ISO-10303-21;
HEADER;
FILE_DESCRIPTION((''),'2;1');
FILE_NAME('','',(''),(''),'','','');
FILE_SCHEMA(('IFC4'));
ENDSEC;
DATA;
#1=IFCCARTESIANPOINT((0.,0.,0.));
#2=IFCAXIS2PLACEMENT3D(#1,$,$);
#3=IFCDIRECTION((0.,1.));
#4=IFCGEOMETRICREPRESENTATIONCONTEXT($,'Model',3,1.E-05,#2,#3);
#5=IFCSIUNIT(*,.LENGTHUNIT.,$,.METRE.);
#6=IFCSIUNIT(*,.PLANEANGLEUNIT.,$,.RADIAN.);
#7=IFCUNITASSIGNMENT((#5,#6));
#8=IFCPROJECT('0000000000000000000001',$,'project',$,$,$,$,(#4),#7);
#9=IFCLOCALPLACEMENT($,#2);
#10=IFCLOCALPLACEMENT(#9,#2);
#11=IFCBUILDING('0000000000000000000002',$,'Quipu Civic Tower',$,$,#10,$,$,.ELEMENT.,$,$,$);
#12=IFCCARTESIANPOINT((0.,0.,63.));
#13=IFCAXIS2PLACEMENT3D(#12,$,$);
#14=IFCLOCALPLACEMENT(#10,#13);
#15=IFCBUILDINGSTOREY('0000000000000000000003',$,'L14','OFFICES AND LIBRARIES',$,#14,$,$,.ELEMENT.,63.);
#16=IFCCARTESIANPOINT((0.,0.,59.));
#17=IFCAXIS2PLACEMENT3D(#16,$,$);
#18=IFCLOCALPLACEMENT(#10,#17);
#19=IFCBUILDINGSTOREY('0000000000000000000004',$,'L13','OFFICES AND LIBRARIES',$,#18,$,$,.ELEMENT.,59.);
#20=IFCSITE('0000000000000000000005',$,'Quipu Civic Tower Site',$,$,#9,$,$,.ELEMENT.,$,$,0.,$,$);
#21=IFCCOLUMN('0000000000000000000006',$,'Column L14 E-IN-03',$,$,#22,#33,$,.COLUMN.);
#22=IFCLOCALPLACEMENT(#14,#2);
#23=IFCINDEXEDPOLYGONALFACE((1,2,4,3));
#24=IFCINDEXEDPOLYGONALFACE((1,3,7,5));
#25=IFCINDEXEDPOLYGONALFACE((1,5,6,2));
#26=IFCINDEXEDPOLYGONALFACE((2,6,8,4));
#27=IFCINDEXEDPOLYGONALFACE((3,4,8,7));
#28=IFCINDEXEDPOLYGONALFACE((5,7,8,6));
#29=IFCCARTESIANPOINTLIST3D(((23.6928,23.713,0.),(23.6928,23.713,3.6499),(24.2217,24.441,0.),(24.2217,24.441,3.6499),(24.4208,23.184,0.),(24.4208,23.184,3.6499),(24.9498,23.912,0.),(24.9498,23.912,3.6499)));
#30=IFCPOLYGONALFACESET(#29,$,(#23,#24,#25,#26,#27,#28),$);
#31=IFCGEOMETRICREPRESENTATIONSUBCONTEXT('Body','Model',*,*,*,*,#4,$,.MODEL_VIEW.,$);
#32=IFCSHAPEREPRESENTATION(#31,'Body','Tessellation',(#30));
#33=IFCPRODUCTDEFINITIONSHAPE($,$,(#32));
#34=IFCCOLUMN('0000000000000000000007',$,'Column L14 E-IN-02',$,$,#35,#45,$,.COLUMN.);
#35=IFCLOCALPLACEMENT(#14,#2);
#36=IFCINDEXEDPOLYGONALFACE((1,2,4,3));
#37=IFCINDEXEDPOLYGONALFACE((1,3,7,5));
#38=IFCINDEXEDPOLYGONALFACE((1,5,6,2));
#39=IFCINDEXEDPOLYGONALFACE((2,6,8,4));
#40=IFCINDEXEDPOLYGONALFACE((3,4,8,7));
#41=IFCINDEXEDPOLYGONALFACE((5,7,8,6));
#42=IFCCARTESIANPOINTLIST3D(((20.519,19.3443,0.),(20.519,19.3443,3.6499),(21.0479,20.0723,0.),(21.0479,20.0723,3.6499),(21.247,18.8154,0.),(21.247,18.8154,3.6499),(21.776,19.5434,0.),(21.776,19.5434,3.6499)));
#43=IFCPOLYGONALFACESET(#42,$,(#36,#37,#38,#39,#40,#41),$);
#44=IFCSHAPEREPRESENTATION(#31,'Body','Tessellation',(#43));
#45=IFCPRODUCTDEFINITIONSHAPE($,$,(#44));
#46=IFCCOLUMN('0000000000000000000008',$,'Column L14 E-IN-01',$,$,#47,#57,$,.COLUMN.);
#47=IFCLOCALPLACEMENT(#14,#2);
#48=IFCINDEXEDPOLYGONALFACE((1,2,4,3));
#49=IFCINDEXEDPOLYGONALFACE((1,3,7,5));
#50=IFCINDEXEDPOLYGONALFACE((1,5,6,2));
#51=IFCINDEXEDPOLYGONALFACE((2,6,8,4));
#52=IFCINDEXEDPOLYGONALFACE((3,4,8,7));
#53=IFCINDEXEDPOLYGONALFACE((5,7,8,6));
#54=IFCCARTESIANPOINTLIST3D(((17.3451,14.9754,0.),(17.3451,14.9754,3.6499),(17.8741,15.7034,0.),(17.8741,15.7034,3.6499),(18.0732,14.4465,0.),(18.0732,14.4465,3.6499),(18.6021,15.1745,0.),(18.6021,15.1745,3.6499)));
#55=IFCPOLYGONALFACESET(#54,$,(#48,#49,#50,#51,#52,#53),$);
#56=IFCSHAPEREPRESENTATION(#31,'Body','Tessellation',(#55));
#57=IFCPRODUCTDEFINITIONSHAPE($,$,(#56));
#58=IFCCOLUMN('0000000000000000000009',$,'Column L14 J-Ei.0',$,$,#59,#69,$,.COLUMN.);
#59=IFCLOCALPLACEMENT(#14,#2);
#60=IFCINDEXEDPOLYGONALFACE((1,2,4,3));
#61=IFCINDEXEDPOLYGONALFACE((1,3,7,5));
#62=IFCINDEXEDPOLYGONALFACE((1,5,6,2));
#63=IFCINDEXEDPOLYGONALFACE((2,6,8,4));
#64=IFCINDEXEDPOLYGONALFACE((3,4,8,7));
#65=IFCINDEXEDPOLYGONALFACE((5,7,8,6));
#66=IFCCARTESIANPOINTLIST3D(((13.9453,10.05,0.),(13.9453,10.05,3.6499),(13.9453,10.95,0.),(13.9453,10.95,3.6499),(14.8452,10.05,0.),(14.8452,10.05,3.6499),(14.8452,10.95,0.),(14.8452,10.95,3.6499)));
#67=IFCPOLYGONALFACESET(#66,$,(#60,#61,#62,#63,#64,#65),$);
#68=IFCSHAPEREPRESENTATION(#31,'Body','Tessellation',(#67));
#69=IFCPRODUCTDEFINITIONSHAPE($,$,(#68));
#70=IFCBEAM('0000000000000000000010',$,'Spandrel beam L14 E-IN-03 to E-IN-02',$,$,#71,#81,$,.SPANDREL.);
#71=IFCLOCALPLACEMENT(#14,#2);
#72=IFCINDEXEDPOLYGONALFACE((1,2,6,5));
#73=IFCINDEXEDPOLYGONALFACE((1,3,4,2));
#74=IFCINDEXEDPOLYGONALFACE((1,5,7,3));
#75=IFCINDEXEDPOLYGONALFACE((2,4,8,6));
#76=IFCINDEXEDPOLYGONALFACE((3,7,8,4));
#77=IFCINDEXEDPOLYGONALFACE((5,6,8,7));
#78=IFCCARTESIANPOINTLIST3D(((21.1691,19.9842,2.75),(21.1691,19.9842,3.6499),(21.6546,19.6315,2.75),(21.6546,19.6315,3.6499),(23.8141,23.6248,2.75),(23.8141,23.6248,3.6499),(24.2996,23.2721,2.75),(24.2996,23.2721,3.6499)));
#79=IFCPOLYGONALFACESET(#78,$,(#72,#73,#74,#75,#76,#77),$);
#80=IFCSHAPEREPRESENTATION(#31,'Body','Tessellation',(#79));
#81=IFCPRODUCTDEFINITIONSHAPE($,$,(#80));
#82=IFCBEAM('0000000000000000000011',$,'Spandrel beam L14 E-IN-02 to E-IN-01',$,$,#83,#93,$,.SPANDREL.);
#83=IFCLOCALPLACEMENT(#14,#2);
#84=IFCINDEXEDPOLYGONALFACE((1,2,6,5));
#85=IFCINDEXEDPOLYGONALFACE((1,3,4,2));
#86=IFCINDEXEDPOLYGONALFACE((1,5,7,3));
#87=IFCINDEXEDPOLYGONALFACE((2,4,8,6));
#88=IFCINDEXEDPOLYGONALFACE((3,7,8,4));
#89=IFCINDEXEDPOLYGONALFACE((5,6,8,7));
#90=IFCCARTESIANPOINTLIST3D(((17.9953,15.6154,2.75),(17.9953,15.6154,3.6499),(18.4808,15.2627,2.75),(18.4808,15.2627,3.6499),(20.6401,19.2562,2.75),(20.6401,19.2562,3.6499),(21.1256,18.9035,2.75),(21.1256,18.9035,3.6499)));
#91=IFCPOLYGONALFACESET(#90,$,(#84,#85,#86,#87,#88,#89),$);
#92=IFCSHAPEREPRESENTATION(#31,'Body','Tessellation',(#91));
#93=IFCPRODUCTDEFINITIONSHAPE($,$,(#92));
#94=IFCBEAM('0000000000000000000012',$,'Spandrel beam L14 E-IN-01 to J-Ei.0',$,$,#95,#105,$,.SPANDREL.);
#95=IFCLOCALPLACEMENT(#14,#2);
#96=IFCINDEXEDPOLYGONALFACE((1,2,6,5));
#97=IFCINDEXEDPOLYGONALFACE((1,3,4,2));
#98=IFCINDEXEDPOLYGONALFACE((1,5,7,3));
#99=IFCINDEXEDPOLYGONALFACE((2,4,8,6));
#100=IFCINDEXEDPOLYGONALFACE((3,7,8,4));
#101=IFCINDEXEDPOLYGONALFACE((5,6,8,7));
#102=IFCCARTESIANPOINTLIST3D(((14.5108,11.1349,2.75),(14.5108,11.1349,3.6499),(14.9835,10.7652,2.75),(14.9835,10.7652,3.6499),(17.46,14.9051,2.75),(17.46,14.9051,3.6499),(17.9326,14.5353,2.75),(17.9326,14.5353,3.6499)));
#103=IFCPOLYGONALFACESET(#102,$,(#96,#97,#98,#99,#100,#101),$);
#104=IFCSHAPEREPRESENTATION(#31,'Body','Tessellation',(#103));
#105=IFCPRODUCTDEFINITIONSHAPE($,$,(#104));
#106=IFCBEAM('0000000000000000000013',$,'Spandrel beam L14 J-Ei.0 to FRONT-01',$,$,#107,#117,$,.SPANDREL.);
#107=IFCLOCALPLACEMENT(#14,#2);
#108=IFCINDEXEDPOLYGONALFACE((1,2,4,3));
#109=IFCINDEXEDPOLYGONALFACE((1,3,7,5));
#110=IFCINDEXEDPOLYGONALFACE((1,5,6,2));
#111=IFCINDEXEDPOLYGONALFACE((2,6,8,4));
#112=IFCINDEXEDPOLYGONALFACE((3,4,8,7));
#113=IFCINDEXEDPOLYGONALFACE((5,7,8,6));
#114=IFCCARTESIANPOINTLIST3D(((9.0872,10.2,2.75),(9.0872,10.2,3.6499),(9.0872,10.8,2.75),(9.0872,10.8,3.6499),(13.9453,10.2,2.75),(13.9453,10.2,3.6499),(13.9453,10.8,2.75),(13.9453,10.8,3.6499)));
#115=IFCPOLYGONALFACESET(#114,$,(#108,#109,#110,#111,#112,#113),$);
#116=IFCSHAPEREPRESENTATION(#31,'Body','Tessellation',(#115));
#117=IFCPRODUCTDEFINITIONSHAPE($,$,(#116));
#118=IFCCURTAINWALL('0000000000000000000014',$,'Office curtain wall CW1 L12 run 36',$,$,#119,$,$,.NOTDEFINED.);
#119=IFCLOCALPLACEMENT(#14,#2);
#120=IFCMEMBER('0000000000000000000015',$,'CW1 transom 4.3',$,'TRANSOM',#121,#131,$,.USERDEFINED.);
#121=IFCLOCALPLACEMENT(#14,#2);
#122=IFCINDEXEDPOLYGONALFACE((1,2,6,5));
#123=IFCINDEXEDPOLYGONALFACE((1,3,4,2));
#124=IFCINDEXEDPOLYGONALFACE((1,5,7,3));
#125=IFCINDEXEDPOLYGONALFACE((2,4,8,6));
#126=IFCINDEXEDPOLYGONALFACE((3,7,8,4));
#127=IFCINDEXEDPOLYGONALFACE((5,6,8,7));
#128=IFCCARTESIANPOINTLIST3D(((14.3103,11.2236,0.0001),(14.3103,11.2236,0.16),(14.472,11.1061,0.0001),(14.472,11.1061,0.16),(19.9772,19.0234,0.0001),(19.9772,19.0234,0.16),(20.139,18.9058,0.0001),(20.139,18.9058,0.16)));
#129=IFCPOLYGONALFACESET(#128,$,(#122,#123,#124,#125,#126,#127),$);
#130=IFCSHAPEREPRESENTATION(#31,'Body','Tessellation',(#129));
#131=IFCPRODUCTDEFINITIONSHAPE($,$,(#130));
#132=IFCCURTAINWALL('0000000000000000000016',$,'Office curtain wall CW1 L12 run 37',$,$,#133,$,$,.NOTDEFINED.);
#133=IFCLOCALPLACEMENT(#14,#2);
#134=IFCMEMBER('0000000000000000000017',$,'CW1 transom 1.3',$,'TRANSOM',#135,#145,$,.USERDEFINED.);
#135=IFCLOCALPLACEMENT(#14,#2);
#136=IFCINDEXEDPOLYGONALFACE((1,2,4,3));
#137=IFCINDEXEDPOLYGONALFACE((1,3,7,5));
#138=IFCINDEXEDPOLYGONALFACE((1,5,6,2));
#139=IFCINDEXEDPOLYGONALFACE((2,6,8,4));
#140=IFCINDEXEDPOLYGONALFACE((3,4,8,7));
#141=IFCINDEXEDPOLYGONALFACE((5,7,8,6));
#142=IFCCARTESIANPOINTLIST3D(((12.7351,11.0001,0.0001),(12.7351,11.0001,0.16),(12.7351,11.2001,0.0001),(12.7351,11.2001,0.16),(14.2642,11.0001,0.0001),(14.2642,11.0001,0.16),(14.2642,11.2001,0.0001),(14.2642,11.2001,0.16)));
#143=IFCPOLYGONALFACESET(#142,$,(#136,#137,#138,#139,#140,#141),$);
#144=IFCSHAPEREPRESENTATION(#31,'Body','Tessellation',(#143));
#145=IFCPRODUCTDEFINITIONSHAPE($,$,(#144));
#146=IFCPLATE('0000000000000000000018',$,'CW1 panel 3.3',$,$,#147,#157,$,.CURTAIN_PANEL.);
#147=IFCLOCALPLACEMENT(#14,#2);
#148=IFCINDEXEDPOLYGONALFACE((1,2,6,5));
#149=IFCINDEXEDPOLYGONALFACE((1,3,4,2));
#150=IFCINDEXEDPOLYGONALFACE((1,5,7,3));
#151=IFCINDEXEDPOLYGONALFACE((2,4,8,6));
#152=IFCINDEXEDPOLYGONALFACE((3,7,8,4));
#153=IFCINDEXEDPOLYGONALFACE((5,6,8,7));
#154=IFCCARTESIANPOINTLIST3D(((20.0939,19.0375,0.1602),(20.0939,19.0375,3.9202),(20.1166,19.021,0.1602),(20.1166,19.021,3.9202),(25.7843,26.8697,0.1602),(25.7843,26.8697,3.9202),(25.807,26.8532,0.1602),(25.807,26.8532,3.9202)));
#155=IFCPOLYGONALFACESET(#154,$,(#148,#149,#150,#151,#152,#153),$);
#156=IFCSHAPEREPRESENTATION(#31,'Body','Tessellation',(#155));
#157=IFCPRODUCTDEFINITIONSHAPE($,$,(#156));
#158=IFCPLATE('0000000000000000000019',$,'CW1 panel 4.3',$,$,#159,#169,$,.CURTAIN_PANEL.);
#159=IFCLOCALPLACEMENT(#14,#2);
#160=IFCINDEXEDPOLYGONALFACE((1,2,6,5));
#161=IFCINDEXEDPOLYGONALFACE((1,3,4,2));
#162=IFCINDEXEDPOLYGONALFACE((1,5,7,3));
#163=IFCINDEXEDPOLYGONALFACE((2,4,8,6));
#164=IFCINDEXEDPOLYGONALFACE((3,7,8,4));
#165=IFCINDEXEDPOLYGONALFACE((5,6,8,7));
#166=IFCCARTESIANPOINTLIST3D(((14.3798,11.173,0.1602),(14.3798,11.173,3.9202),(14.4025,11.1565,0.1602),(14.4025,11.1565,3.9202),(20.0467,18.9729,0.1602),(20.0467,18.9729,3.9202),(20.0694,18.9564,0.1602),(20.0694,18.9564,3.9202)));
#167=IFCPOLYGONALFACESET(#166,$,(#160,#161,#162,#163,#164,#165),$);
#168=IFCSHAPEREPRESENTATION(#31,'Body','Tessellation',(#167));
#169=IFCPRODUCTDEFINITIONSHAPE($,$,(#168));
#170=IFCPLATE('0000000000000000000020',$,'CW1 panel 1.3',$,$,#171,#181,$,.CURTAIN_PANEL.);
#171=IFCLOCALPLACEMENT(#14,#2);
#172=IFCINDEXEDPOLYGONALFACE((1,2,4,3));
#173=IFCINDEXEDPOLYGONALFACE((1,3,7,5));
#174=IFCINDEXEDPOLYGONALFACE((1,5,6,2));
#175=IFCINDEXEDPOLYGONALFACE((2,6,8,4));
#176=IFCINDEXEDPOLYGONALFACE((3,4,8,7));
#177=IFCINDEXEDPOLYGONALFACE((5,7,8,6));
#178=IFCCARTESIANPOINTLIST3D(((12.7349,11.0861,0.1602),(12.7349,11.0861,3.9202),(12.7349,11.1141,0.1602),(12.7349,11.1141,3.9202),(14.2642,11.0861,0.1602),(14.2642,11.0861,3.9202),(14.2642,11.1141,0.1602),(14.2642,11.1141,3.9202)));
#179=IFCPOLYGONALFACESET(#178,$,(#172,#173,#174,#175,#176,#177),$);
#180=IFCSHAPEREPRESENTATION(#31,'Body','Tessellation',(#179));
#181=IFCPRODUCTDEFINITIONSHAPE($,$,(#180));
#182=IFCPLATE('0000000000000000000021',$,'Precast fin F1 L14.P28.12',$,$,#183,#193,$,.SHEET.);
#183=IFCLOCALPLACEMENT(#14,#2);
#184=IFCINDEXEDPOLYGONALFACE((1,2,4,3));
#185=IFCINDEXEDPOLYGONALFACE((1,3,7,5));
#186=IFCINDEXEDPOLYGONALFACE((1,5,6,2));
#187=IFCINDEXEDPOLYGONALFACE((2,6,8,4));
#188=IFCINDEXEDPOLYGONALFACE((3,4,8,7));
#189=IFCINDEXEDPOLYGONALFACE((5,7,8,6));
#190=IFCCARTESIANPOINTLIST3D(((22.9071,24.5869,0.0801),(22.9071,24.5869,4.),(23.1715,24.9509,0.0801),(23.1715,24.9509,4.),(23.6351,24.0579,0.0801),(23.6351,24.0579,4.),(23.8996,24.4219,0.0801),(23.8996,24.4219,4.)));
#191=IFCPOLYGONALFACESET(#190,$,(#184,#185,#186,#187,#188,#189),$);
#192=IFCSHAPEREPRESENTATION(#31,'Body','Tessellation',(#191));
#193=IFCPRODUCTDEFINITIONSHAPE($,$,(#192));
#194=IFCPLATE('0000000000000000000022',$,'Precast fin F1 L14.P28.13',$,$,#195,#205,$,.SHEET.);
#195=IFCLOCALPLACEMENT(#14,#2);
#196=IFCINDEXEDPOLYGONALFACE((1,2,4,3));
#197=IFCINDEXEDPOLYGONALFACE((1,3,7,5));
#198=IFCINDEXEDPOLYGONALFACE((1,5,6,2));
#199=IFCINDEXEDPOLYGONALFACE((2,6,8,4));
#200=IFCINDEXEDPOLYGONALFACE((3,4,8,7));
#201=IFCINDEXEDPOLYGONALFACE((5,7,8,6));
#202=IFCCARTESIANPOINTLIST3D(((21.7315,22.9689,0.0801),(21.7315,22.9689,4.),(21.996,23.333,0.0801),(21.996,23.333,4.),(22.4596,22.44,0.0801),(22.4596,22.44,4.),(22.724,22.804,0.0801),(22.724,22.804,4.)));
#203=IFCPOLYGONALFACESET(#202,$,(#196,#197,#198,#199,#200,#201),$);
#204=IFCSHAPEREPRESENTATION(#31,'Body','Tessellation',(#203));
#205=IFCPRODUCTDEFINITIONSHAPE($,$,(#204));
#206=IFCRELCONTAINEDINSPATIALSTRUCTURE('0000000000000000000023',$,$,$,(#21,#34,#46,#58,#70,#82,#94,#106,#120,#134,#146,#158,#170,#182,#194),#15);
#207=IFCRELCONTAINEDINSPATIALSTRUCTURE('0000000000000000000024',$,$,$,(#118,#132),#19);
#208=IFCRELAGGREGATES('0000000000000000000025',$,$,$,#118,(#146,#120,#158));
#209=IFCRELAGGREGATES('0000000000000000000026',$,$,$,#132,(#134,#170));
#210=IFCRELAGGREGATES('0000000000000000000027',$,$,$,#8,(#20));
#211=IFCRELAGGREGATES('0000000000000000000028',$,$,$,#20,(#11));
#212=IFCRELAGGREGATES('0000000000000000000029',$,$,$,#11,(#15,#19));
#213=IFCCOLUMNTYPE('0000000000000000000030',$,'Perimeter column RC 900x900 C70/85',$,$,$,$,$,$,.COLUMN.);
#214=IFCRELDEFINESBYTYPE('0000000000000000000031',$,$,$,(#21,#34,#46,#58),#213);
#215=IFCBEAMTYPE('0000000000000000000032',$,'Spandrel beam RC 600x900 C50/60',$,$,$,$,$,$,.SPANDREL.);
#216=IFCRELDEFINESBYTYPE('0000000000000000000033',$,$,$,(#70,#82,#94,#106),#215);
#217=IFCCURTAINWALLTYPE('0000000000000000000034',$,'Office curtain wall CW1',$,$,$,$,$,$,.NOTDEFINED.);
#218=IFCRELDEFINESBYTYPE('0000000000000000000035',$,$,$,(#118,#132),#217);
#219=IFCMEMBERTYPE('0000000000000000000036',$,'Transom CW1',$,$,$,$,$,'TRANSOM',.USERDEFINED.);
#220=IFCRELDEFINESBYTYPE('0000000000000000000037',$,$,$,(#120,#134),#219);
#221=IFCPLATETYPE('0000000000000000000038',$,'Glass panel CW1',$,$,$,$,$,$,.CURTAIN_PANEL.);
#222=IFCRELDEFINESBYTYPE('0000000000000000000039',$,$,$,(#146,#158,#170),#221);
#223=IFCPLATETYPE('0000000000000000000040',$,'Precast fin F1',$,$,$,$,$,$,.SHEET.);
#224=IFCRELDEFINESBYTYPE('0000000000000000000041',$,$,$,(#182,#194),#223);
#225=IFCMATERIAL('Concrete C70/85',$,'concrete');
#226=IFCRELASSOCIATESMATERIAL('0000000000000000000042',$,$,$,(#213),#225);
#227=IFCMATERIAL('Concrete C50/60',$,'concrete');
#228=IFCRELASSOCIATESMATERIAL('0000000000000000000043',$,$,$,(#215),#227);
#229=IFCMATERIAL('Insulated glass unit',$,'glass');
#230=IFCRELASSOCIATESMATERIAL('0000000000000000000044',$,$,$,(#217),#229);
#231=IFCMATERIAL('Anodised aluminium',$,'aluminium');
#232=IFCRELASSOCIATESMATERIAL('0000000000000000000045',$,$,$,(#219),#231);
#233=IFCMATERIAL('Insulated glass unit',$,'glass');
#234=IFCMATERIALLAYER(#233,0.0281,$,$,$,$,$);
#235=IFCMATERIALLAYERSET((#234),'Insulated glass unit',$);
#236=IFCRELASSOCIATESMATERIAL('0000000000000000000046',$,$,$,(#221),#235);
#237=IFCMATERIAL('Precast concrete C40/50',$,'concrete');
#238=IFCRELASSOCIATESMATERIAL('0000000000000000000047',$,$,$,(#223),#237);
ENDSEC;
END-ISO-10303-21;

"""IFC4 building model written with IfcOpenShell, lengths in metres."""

from ifc_helpers import new_model, si_unit, direction, frame, origin, origin_2d, place, context, subcontext, project, spatial, rectangle, extrude, material, layer, layer_set, material_profile, profile_set, type_object, element, aggregate, save


model = new_model("IFC4")

# Units and contexts
model_context = context("Model", 3, precision=1e-05, world=origin(), true_north=direction((0.0, 1.0)))
body_context = subcontext(model_context, "Body", "Model", "MODEL_VIEW")
ifc_project = project(units=[si_unit("LENGTHUNIT", "METRE"), si_unit("PLANEANGLEUNIT", "RADIAN")], contexts=[model_context])

# Site, building, storey
site_placement = place(None, origin())
site = spatial("IfcSite", under=ifc_project, at=site_placement, Name="Quipu Civic Tower Site", CompositionType="ELEMENT", RefElevation=0.0)
building_placement = place(site_placement, origin())
building = spatial("IfcBuilding", under=site, at=building_placement, Name="Quipu Civic Tower", CompositionType="ELEMENT")
storey_1_placement = place(building_placement, frame((0.0, 0.0, 63.0)))
storey_1 = spatial("IfcBuildingStorey", under=building, at=storey_1_placement, Name="L14", Description="OFFICES AND LIBRARIES", CompositionType="ELEMENT", Elevation=63.0)

# Columns
ifc_material_1 = material(Name="Concrete C70/85", Category="concrete")
ifc_material_profile_1 = material_profile(ifc_material_1, rectangle(XDim=0.8999, YDim=0.8999, at=origin_2d()), Name="RC900x900")
ifc_profile_set_1 = profile_set([ifc_material_profile_1], Name="Concrete C70/85")
column_type = type_object("IfcColumnType", Name="Perimeter column RC 900x900 C70/85", PredefinedType="COLUMN", material=ifc_profile_set_1)
for number, where, z_axis, x_axis, name in (
    (1, (24.3213, 23.8125, 0.0), (0.0, 0.0, 1.0), (-0.587785, -0.809017, 0.0), "Column L14 E-IN-03"),
    (2, (21.1475, 19.4438, 0.0), (0.0, 0.0, 1.0), (-0.587785, -0.809017, 0.0), "Column L14 E-IN-02"),
    (3, (17.9736, 15.075, 0.0), (0.0, 0.0, 1.0), (-0.587785, -0.809017, 0.0), "Column L14 E-IN-01"),
    (4, (14.3953, 10.5, 0.0), (0.0, 0.0, 1.0), (-1.0, 0.0, 0.0), "Column L14 J-Ei.0"),
):
    element("IfcColumn", number, at=place(storey_1_placement, frame(where, z_axis=z_axis, x_axis=x_axis)), inside=storey_1, type_object=column_type, Name=name, PredefinedType="COLUMN", context=body_context, shape_type="SweptSolid", body=[
        extrude(rectangle(XDim=0.8999, YDim=0.8999, at=origin_2d()), origin(), (0.0, 0.0, 1.0), 3.6499),
    ])

# Beams
ifc_material_2 = material(Name="Concrete C50/60", Category="concrete")
ifc_material_profile_2 = material_profile(ifc_material_2, rectangle(XDim=0.6001, YDim=0.8999, at=origin_2d()), Name="RC600x900")
ifc_profile_set_2 = profile_set([ifc_material_profile_2], Name="Concrete C50/60")
beam_type = type_object("IfcBeamType", Name="Spandrel beam RC 600x900 C50/60", PredefinedType="SPANDREL", material=ifc_profile_set_2)
for number, where, z_axis, x_axis, name in (
    (5, (24.0569, 23.4485, 3.2), (-0.587778, -0.809022, 0.0), (0.809022, -0.587778, 0.0), "Spandrel beam L14 E-IN-03 to E-IN-02"),
    (6, (20.8828, 19.0798, 3.2), (-0.587717, -0.809067, 0.0), (0.809067, -0.587717, 0.0), "Spandrel beam L14 E-IN-02 to E-IN-01"),
):
    element("IfcBeam", number, at=place(storey_1_placement, frame(where, z_axis=z_axis, x_axis=x_axis)), inside=storey_1, type_object=beam_type, Name=name, PredefinedType="SPANDREL", context=body_context, shape_type="SweptSolid", body=[
        extrude(rectangle(XDim=0.6001, YDim=0.8999, at=origin_2d()), origin(), (0.0, 0.0, 1.0), 4.5),
    ])
beam_1_placement = place(storey_1_placement, frame((17.6963, 14.7202, 3.2), z_axis=(-0.616124, -0.787649, 0.0), x_axis=(0.787649, -0.616124, 0.0)))
element("IfcBeam", 7, at=beam_1_placement, inside=storey_1, type_object=beam_type, Name="Spandrel beam L14 E-IN-01 to J-Ei.0", PredefinedType="SPANDREL", context=body_context, shape_type="SweptSolid", body=[
    extrude(rectangle(XDim=0.6001, YDim=0.8999, at=origin_2d()), origin(), (0.0, 0.0, 1.0), 4.7866),
])
beam_2_placement = place(storey_1_placement, frame((13.9453, 10.5, 3.2), z_axis=(-1.0, 0.0, 0.0), x_axis=(0.0, -1.0, 0.0)))
element("IfcBeam", 8, at=beam_2_placement, inside=storey_1, type_object=beam_type, Name="Spandrel beam L14 J-Ei.0 to FRONT-01", PredefinedType="SPANDREL", context=body_context, shape_type="SweptSolid", body=[
    extrude(rectangle(XDim=0.6001, YDim=0.8999, at=origin_2d()), origin(), (0.0, 0.0, 1.0), 4.8582),
])

# Shared definitions
storey_2_placement = place(building_placement, frame((0.0, 0.0, 59.0)))
storey_2 = spatial("IfcBuildingStorey", under=building, at=storey_2_placement, Name="L13", Description="OFFICES AND LIBRARIES", CompositionType="ELEMENT", Elevation=59.0)

# Curtain walls, members
ifc_material_3 = material(Name="Insulated glass unit", Category="glass")
curtain_wall_type = type_object("IfcCurtainWallType", Name="Office curtain wall CW1", PredefinedType="NOTDEFINED", material=ifc_material_3)
curtain_wall_1_placement = place(storey_2_placement, origin())
curtain_wall_1 = element("IfcCurtainWall", 9, at=curtain_wall_1_placement, inside=storey_2, type_object=curtain_wall_type, Name="Office curtain wall CW1 L12 run 36", PredefinedType="NOTDEFINED")
ifc_material_4 = material(Name="Anodised aluminium", Category="aluminium")
ifc_material_profile_3 = material_profile(ifc_material_4, rectangle(XDim=0.2, YDim=0.1599, at=origin_2d()), Name="RECT 200x160")
ifc_profile_set_3 = profile_set([ifc_material_profile_3], Name="Anodised aluminium")
member_type = type_object("IfcMemberType", Name="Transom CW1", ElementType="TRANSOM", PredefinedType="USERDEFINED", material=ifc_profile_set_3)
member_1_placement = place(storey_1_placement, frame((20.0581, 18.9646, 0.0801), z_axis=(-0.587792, -0.809012, 0.0), x_axis=(0.809012, -0.587792, 0.0)))
member_1 = element("IfcMember", 10, at=member_1_placement, inside=storey_1, type_object=member_type, Name="CW1 transom 4.3", ObjectType="TRANSOM", PredefinedType="USERDEFINED", context=body_context, shape_type="SweptSolid", body=[
    extrude(rectangle(XDim=0.2, YDim=0.1599, at=origin_2d()), origin(), (0.0, 0.0, 1.0), 9.6411),
])
curtain_wall_2_placement = place(storey_2_placement, origin())
curtain_wall_2 = element("IfcCurtainWall", 11, at=curtain_wall_2_placement, inside=storey_2, type_object=curtain_wall_type, Name="Office curtain wall CW1 L12 run 37", PredefinedType="NOTDEFINED")
member_2_placement = place(storey_1_placement, frame((14.2642, 11.1001, 0.0801), z_axis=(-1.0, 0.0, 0.0), x_axis=(0.0, -1.0, 0.0)))
member_2 = element("IfcMember", 12, at=member_2_placement, inside=storey_1, type_object=member_type, Name="CW1 transom 1.3", ObjectType="TRANSOM", PredefinedType="USERDEFINED", context=body_context, shape_type="SweptSolid", body=[
    extrude(rectangle(XDim=0.2, YDim=0.1599, at=origin_2d()), origin(), (0.0, 0.0, 1.0), 1.5291),
])

# Plates
ifc_material_5 = material(Name="Insulated glass unit", Category="glass")
ifc_layer_1 = layer(ifc_material_5, 0.0281)
ifc_layer_set_1 = layer_set([ifc_layer_1], Name="Insulated glass unit")
plate_type_1 = type_object("IfcPlateType", Name="Glass panel CW1", PredefinedType="CURTAIN_PANEL", material=ifc_layer_set_1)
plate_1_placement = place(storey_1_placement, frame((22.9504, 22.9453, 0.1602), z_axis=(0.0, 0.0, 1.0), x_axis=(-0.587786, -0.809017, 0.0)))
plate_1 = element("IfcPlate", 13, at=plate_1_placement, inside=storey_1, type_object=plate_type_1, Name="CW1 panel 3.3", PredefinedType="CURTAIN_PANEL", context=body_context, shape_type="SweptSolid", body=[
    extrude(rectangle(XDim=9.6812, YDim=0.0281, at=origin_2d()), origin(), (0.0, 0.0, 1.0), 3.76),
])
plate_2_placement = place(storey_1_placement, frame((17.2246, 15.0647, 0.1602), z_axis=(0.0, 0.0, 1.0), x_axis=(-0.587786, -0.809017, 0.0)))
plate_2 = element("IfcPlate", 14, at=plate_2_placement, inside=storey_1, type_object=plate_type_1, Name="CW1 panel 4.3", PredefinedType="CURTAIN_PANEL", context=body_context, shape_type="SweptSolid", body=[
    extrude(rectangle(XDim=9.6411, YDim=0.0281, at=origin_2d()), origin(), (0.0, 0.0, 1.0), 3.76),
])
aggregate(curtain_wall_1, [plate_1, member_1, plate_2])
plate_3_placement = place(storey_1_placement, frame((13.4995, 11.1001, 0.1602), z_axis=(0.0, 0.0, 1.0), x_axis=(-1.0, 0.0, 0.0)))
plate_3 = element("IfcPlate", 15, at=plate_3_placement, inside=storey_1, type_object=plate_type_1, Name="CW1 panel 1.3", PredefinedType="CURTAIN_PANEL", context=body_context, shape_type="SweptSolid", body=[
    extrude(rectangle(XDim=1.5293, YDim=0.0281, at=origin_2d()), origin(), (0.0, 0.0, 1.0), 3.76),
])
aggregate(curtain_wall_2, [member_2, plate_3])

# Plates
ifc_material_6 = material(Name="Precast concrete C40/50", Category="concrete")
plate_type_2 = type_object("IfcPlateType", Name="Precast fin F1", PredefinedType="SHEET", material=ifc_material_6)
for number, where, z_axis, x_axis, name in (
    (16, (23.4033, 24.5044, 0.0801), (0.0, 0.0, 1.0), (-0.587785, -0.809017, 0.0), "Precast fin F1 L14.P28.12"),
    (17, (22.2278, 22.8865, 0.0801), (0.0, 0.0, 1.0), (-0.587785, -0.809017, 0.0), "Precast fin F1 L14.P28.13"),
):
    element("IfcPlate", number, at=place(storey_1_placement, frame(where, z_axis=z_axis, x_axis=x_axis)), inside=storey_1, type_object=plate_type_2, Name=name, PredefinedType="SHEET", context=body_context, shape_type="SweptSolid", body=[
        extrude(rectangle(XDim=0.45, YDim=0.8999, at=origin_2d()), origin(), (0.0, 0.0, 1.0), 3.9199),
    ])

save(model, "model.ifc")
